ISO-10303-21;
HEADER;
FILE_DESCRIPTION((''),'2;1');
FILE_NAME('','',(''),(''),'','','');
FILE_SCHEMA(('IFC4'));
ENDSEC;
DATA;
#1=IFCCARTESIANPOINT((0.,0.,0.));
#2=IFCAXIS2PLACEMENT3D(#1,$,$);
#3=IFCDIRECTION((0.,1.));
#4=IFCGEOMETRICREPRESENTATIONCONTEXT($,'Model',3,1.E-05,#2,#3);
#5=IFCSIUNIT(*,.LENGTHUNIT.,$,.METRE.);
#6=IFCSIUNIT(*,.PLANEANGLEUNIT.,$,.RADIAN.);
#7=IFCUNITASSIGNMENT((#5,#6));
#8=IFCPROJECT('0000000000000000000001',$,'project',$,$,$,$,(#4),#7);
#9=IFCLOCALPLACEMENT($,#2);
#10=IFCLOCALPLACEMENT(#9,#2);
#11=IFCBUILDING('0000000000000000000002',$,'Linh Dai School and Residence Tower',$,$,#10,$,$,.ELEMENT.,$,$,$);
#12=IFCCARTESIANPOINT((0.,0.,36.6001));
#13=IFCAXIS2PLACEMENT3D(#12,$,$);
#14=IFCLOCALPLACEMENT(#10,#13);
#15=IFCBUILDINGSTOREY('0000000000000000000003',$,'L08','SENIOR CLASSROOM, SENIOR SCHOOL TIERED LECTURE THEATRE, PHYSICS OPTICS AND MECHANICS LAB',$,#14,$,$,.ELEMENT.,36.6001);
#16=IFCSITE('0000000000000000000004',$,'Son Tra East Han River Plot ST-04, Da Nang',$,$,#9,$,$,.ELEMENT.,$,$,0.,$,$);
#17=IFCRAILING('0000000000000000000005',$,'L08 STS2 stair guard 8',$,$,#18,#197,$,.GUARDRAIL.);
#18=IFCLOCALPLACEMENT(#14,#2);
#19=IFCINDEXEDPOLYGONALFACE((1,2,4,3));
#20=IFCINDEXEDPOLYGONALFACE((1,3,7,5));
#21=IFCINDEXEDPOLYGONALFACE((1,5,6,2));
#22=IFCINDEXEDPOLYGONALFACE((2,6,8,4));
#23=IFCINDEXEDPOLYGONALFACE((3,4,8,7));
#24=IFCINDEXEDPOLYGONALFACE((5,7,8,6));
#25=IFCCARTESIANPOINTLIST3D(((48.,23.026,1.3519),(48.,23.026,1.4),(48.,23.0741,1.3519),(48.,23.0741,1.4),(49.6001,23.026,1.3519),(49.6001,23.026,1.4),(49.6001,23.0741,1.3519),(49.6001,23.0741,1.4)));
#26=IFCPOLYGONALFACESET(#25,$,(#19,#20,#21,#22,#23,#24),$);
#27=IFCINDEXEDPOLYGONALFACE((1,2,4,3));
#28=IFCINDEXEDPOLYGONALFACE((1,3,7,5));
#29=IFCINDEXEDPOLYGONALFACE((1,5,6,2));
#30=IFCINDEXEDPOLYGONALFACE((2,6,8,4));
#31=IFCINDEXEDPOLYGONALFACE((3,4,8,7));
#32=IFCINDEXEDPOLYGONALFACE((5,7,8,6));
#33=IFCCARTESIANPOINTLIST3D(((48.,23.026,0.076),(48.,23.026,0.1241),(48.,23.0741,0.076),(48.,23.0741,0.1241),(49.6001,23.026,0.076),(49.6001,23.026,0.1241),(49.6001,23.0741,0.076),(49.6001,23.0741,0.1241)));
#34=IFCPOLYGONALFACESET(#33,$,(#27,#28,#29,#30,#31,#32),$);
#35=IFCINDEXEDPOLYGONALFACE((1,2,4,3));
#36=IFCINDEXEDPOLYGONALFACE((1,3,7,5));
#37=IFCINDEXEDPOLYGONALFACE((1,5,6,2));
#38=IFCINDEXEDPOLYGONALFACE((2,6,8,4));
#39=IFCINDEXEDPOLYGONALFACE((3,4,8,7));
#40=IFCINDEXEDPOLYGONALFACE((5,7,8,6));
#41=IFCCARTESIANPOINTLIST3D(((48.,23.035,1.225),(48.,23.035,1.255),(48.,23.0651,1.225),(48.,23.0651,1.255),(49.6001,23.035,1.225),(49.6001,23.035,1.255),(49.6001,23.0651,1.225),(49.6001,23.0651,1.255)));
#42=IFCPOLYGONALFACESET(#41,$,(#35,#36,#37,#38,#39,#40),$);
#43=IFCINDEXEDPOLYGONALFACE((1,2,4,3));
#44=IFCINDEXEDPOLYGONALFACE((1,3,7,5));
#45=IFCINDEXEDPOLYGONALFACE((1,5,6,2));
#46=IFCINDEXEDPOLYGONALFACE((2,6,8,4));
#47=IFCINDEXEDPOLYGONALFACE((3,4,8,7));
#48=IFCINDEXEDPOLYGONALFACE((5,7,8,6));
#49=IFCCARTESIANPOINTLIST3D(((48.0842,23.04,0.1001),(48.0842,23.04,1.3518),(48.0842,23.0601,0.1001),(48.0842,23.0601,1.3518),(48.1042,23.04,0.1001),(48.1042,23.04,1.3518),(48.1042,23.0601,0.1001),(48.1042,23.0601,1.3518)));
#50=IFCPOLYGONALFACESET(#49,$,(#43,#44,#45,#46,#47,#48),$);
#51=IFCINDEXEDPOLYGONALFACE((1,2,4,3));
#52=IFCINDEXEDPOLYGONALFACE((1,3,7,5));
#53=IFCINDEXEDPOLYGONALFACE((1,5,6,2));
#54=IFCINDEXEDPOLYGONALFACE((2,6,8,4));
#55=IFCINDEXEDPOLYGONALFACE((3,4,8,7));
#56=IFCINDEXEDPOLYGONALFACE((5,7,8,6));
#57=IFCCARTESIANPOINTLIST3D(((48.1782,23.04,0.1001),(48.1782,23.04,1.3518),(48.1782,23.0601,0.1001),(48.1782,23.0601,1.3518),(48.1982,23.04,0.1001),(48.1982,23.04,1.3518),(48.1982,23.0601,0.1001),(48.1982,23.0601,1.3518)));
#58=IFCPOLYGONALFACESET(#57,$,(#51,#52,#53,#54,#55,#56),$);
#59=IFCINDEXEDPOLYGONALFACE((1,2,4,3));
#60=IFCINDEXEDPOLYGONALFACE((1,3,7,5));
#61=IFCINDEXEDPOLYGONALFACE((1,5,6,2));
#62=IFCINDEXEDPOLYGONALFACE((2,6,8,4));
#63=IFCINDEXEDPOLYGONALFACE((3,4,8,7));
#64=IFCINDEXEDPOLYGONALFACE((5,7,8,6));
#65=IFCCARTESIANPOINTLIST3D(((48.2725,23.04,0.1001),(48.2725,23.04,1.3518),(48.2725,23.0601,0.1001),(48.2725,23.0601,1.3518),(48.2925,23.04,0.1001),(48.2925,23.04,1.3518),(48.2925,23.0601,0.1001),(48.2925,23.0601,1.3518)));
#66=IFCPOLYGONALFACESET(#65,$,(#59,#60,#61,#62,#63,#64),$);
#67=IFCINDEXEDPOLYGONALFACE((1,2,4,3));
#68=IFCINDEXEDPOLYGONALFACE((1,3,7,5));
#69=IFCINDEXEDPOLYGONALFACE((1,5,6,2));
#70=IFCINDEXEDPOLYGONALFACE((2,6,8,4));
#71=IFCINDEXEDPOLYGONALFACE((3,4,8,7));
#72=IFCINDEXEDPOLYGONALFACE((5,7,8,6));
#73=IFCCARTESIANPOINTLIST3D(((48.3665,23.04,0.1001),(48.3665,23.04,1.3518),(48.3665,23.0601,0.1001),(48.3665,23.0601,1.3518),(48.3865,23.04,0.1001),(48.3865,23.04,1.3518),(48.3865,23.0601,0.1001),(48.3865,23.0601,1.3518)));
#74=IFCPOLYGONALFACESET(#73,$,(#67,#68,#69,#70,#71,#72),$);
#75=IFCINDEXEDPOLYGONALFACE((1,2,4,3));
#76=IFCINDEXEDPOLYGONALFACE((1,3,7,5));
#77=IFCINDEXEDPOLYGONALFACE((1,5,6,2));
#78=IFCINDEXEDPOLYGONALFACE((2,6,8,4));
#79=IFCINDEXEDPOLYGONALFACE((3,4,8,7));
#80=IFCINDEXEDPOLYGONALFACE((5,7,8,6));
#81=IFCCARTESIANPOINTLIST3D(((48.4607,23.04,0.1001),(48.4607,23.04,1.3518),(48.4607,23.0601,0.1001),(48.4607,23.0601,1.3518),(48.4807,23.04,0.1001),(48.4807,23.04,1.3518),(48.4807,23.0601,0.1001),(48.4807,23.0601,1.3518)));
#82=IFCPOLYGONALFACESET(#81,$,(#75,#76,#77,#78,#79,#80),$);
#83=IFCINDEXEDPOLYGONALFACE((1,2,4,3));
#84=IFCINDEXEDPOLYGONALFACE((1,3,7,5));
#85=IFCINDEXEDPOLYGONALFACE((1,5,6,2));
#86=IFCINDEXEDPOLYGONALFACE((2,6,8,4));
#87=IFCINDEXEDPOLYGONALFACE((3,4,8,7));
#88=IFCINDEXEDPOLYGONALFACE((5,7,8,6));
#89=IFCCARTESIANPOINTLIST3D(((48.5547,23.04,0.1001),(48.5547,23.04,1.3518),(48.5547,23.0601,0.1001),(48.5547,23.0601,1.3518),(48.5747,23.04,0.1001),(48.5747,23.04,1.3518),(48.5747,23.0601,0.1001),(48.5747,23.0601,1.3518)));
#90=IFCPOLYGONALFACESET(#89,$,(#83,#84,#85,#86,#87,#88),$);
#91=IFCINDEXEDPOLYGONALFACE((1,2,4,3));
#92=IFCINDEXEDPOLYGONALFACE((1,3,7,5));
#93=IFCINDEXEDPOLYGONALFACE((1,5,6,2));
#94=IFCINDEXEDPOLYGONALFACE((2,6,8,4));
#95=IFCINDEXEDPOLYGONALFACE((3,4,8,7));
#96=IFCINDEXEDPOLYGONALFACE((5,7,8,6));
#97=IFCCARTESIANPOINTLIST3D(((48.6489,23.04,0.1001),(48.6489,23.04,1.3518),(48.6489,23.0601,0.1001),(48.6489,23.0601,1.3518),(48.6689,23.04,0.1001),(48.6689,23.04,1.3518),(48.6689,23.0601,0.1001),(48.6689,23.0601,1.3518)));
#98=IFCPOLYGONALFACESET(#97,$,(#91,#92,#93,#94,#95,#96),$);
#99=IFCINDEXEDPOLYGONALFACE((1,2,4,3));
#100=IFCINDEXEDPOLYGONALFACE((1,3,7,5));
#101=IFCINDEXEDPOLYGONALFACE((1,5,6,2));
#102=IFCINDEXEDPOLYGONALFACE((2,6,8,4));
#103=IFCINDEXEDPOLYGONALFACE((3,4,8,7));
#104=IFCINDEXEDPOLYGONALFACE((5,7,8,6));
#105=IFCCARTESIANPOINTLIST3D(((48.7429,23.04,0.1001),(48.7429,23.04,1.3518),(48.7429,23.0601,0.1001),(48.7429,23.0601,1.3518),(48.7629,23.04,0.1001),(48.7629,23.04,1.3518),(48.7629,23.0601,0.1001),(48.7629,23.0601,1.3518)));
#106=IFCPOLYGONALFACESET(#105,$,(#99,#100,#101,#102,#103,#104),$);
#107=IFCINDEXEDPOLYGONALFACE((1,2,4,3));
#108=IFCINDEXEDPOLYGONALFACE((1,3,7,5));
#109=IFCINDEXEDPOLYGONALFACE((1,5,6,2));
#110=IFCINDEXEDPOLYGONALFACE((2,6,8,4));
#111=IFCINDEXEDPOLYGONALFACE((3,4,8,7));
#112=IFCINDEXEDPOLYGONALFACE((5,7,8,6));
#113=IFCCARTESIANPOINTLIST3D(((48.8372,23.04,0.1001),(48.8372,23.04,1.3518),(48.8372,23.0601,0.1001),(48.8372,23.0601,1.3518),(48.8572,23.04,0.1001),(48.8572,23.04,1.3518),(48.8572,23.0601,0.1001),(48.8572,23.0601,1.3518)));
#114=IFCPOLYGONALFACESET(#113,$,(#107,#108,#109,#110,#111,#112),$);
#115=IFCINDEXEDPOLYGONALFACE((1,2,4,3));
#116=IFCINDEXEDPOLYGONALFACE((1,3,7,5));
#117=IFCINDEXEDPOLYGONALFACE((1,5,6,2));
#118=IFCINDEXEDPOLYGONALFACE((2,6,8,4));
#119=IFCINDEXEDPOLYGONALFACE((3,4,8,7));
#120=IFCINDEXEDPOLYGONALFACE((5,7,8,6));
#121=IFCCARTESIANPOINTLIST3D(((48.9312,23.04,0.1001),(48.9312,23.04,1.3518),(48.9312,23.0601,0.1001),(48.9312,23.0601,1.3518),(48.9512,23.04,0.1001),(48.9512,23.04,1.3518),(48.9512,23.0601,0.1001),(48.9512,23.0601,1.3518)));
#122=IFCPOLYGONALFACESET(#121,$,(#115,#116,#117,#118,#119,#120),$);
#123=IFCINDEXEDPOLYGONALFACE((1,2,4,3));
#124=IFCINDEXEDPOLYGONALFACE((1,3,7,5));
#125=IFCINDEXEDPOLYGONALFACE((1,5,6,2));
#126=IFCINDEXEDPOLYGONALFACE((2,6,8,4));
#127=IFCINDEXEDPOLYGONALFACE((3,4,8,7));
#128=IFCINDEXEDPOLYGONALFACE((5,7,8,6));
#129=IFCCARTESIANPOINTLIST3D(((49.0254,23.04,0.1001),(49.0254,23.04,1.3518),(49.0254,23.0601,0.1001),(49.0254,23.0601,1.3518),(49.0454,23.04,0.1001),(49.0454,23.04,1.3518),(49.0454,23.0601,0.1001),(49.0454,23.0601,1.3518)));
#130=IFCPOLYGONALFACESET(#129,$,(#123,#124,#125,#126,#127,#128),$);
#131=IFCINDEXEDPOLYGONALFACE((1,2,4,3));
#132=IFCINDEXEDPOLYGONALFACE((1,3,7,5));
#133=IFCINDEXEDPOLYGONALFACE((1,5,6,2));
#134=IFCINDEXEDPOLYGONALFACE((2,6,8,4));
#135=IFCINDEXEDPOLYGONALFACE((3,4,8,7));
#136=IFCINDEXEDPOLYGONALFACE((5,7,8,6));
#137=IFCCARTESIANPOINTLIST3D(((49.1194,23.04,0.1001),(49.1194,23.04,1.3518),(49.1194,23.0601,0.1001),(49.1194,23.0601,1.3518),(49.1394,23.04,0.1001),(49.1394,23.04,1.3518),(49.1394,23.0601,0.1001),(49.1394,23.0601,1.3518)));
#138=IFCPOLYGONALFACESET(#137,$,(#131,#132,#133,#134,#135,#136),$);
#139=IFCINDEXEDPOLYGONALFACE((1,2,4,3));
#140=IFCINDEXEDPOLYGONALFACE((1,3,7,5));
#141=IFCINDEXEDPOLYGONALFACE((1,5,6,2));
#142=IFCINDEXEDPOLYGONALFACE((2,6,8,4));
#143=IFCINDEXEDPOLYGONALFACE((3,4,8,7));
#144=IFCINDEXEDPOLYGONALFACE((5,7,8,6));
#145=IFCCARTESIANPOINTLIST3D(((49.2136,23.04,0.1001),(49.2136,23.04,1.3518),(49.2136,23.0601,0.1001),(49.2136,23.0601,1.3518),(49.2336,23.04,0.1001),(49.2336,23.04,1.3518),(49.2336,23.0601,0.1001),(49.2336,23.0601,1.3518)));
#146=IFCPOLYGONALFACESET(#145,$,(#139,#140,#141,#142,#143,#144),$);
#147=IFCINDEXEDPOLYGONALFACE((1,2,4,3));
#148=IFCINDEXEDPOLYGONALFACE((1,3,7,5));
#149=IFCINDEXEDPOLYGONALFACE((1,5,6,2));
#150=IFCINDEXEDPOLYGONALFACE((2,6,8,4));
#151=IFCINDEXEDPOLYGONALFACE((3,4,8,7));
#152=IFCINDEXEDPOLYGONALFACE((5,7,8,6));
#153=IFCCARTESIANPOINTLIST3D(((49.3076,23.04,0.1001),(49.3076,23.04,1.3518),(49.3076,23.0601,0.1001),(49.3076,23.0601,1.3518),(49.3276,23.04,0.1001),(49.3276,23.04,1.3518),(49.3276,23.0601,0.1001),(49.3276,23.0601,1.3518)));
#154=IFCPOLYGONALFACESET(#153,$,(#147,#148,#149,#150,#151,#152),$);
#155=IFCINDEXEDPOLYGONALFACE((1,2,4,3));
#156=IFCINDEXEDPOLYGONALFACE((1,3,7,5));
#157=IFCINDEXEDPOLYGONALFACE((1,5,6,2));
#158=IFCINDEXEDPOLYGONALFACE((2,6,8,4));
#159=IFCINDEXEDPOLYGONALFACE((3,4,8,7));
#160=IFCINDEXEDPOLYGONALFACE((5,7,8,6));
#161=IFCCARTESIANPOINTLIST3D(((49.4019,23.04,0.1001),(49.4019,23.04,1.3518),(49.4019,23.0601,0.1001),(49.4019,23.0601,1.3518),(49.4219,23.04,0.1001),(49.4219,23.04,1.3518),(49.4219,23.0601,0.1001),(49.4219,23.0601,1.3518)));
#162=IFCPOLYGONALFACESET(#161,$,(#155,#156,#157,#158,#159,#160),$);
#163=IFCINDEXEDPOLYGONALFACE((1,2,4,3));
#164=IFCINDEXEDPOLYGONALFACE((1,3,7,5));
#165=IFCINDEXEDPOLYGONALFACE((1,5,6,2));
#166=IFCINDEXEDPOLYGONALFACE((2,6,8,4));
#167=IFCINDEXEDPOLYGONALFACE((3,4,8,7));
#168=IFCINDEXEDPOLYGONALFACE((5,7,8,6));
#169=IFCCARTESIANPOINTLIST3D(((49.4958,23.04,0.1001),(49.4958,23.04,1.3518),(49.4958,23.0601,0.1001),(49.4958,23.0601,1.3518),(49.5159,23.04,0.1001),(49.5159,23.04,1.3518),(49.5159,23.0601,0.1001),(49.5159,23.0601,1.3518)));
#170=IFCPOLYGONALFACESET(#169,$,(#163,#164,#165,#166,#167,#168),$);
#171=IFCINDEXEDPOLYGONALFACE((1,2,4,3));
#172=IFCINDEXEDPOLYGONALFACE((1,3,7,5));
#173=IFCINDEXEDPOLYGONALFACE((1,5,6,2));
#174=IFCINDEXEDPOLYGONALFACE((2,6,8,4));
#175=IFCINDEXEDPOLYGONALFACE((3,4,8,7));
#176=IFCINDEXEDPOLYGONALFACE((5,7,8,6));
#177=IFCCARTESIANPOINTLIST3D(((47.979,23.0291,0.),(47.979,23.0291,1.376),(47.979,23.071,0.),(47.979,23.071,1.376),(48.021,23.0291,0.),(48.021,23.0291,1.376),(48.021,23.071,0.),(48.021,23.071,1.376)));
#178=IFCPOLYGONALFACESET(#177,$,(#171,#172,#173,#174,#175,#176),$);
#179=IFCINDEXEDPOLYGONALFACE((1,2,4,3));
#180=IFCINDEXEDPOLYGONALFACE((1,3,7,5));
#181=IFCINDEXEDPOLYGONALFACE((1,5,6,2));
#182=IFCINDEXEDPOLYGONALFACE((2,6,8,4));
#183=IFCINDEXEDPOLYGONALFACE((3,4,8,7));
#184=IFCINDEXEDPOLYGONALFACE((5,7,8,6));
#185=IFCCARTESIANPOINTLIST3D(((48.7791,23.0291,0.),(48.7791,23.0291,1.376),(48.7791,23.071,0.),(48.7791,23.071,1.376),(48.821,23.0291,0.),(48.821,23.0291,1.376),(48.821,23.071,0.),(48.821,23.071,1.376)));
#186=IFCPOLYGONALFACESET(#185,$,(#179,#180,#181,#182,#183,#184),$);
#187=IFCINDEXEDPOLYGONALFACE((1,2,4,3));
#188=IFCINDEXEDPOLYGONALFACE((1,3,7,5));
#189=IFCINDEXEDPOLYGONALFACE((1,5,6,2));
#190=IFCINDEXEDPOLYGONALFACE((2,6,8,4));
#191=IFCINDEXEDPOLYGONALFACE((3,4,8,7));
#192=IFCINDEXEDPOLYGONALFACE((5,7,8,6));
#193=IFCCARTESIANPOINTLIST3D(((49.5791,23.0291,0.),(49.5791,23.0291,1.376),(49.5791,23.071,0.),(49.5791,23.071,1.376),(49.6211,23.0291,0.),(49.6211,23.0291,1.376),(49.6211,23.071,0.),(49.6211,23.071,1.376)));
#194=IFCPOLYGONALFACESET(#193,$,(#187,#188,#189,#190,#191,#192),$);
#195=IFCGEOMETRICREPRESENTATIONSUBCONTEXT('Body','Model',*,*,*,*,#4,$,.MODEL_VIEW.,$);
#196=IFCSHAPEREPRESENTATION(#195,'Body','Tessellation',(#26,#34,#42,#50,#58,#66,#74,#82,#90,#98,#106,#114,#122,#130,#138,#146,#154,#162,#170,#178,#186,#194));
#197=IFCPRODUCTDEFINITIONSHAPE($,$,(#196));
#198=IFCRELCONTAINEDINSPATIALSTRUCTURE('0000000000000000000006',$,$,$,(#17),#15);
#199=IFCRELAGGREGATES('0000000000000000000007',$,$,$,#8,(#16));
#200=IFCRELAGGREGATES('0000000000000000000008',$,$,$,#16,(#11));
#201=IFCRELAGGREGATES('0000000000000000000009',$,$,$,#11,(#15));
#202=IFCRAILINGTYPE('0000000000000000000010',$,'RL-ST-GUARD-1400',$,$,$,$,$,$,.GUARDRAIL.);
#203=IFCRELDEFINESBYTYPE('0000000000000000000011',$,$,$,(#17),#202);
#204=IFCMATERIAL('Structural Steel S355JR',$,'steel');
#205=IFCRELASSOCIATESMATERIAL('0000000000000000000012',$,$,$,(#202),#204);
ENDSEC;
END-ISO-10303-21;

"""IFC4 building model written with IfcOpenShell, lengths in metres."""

from ifc_helpers import new_model, si_unit, direction, frame, origin, origin_2d, place, context, subcontext, project, spatial, rectangle, extrude, source, transform, mapped, material, type_object, element, save


model = new_model("IFC4")

# Units and contexts
model_context = context("Model", 3, precision=1e-05, world=origin(), true_north=direction((0.0, 1.0)))
body_context = subcontext(model_context, "Body", "Model", "MODEL_VIEW")
ifc_project = project(units=[si_unit("LENGTHUNIT", "METRE"), si_unit("PLANEANGLEUNIT", "RADIAN")], contexts=[model_context])

# Site, building, storey
site_placement = place(None, origin())
site = spatial("IfcSite", under=ifc_project, at=site_placement, Name="Son Tra East Han River Plot ST-04, Da Nang", CompositionType="ELEMENT", RefElevation=0.0)
building_placement = place(site_placement, origin())
building = spatial("IfcBuilding", under=site, at=building_placement, Name="Linh Dai School and Residence Tower", CompositionType="ELEMENT")
storey_placement = place(building_placement, frame((0.0, 0.0, 36.6001)))
storey = spatial("IfcBuildingStorey", under=building, at=storey_placement, Name="L08", Description="SENIOR CLASSROOM, SENIOR SCHOOL TIERED LECTURE THEATRE, PHYSICS OPTICS AND MECHANICS LAB", CompositionType="ELEMENT", Elevation=36.6001)

# Railing
ifc_material_1 = material(Name="Structural Steel S355JR", Category="steel")
railing_type_1 = type_object("IfcRailingType", Name="RL-ST-GUARD-1400", PredefinedType="GUARDRAIL", material=ifc_material_1)
shared_shape_1 = source(origin(), body_context, "Body", "SweptSolid", [
    extrude(rectangle(XDim=0.0481, YDim=0.0481, at=origin_2d()), frame((0.0, 0.0, 1.376), z_axis=(1.0, 0.0, 0.0), x_axis=(0.0, 1.0, 0.0)), (0.0, 0.0, 1.0), 1.6001),
    extrude(rectangle(XDim=0.0481, YDim=0.0481, at=origin_2d()), frame((0.0, 0.0, 0.1001), z_axis=(1.0, 0.0, 0.0), x_axis=(0.0, 1.0, 0.0)), (0.0, 0.0, 1.0), 1.6001),
    extrude(rectangle(XDim=0.03, YDim=0.03, at=origin_2d()), frame((0.0, 0.0, 1.24), z_axis=(1.0, 0.0, 0.0), x_axis=(0.0, 1.0, 0.0)), (0.0, 0.0, 1.0), 1.6001),
    extrude(rectangle(XDim=0.02, YDim=0.02, at=origin_2d()), frame((0.0942, 0.0, 0.1001)), (0.0, 0.0, 1.0), 1.2517),
    extrude(rectangle(XDim=0.02, YDim=0.02, at=origin_2d()), frame((0.1882, 0.0, 0.1001)), (0.0, 0.0, 1.0), 1.2517),
    extrude(rectangle(XDim=0.02, YDim=0.02, at=origin_2d()), frame((0.2825, 0.0, 0.1001)), (0.0, 0.0, 1.0), 1.2517),
    extrude(rectangle(XDim=0.02, YDim=0.02, at=origin_2d()), frame((0.3765, 0.0, 0.1001)), (0.0, 0.0, 1.0), 1.2517),
    extrude(rectangle(XDim=0.02, YDim=0.02, at=origin_2d()), frame((0.4707, 0.0, 0.1001)), (0.0, 0.0, 1.0), 1.2517),
    extrude(rectangle(XDim=0.02, YDim=0.02, at=origin_2d()), frame((0.5647, 0.0, 0.1001)), (0.0, 0.0, 1.0), 1.2517),
    extrude(rectangle(XDim=0.02, YDim=0.02, at=origin_2d()), frame((0.6589, 0.0, 0.1001)), (0.0, 0.0, 1.0), 1.2517),
    extrude(rectangle(XDim=0.02, YDim=0.02, at=origin_2d()), frame((0.7529, 0.0, 0.1001)), (0.0, 0.0, 1.0), 1.2517),
    extrude(rectangle(XDim=0.02, YDim=0.02, at=origin_2d()), frame((0.8472, 0.0, 0.1001)), (0.0, 0.0, 1.0), 1.2517),
    extrude(rectangle(XDim=0.02, YDim=0.02, at=origin_2d()), frame((0.9412, 0.0, 0.1001)), (0.0, 0.0, 1.0), 1.2517),
    extrude(rectangle(XDim=0.02, YDim=0.02, at=origin_2d()), frame((1.0354, 0.0, 0.1001)), (0.0, 0.0, 1.0), 1.2517),
    extrude(rectangle(XDim=0.02, YDim=0.02, at=origin_2d()), frame((1.1294, 0.0, 0.1001)), (0.0, 0.0, 1.0), 1.2517),
    extrude(rectangle(XDim=0.02, YDim=0.02, at=origin_2d()), frame((1.2236, 0.0, 0.1001)), (0.0, 0.0, 1.0), 1.2517),
    extrude(rectangle(XDim=0.02, YDim=0.02, at=origin_2d()), frame((1.3176, 0.0, 0.1001)), (0.0, 0.0, 1.0), 1.2517),
    extrude(rectangle(XDim=0.02, YDim=0.02, at=origin_2d()), frame((1.4119, 0.0, 0.1001)), (0.0, 0.0, 1.0), 1.2517),
    extrude(rectangle(XDim=0.02, YDim=0.02, at=origin_2d()), frame((1.5059, 0.0, 0.1001)), (0.0, 0.0, 1.0), 1.2517),
    extrude(rectangle(XDim=0.042, YDim=0.042, at=origin_2d()), origin(), (0.0, 0.0, 1.0), 1.376),
    extrude(rectangle(XDim=0.042, YDim=0.042, at=origin_2d()), frame((0.8, 0.0, 0.0)), (0.0, 0.0, 1.0), 1.376),
    extrude(rectangle(XDim=0.042, YDim=0.042, at=origin_2d()), frame((1.6001, 0.0, 0.0)), (0.0, 0.0, 1.0), 1.376),
])
railing_1_placement = place(storey_placement, frame((48.0, 23.05, 0.0)))
element("IfcRailing", 1, at=railing_1_placement, inside=storey, type_object=railing_type_1, Name="L08 STS2 stair guard 8", PredefinedType="GUARDRAIL", context=body_context, shape_type="MappedRepresentation", body=[
    mapped(shared_shape_1, transform((0.0, 0.0, 0.0), x_axis=(1.0, 0.0, 0.0), y_axis=(0.0, 1.0, 0.0), z_axis=(0.0, 0.0, 1.0), scale=1.0)),
])

save(model, "model.ifc")
